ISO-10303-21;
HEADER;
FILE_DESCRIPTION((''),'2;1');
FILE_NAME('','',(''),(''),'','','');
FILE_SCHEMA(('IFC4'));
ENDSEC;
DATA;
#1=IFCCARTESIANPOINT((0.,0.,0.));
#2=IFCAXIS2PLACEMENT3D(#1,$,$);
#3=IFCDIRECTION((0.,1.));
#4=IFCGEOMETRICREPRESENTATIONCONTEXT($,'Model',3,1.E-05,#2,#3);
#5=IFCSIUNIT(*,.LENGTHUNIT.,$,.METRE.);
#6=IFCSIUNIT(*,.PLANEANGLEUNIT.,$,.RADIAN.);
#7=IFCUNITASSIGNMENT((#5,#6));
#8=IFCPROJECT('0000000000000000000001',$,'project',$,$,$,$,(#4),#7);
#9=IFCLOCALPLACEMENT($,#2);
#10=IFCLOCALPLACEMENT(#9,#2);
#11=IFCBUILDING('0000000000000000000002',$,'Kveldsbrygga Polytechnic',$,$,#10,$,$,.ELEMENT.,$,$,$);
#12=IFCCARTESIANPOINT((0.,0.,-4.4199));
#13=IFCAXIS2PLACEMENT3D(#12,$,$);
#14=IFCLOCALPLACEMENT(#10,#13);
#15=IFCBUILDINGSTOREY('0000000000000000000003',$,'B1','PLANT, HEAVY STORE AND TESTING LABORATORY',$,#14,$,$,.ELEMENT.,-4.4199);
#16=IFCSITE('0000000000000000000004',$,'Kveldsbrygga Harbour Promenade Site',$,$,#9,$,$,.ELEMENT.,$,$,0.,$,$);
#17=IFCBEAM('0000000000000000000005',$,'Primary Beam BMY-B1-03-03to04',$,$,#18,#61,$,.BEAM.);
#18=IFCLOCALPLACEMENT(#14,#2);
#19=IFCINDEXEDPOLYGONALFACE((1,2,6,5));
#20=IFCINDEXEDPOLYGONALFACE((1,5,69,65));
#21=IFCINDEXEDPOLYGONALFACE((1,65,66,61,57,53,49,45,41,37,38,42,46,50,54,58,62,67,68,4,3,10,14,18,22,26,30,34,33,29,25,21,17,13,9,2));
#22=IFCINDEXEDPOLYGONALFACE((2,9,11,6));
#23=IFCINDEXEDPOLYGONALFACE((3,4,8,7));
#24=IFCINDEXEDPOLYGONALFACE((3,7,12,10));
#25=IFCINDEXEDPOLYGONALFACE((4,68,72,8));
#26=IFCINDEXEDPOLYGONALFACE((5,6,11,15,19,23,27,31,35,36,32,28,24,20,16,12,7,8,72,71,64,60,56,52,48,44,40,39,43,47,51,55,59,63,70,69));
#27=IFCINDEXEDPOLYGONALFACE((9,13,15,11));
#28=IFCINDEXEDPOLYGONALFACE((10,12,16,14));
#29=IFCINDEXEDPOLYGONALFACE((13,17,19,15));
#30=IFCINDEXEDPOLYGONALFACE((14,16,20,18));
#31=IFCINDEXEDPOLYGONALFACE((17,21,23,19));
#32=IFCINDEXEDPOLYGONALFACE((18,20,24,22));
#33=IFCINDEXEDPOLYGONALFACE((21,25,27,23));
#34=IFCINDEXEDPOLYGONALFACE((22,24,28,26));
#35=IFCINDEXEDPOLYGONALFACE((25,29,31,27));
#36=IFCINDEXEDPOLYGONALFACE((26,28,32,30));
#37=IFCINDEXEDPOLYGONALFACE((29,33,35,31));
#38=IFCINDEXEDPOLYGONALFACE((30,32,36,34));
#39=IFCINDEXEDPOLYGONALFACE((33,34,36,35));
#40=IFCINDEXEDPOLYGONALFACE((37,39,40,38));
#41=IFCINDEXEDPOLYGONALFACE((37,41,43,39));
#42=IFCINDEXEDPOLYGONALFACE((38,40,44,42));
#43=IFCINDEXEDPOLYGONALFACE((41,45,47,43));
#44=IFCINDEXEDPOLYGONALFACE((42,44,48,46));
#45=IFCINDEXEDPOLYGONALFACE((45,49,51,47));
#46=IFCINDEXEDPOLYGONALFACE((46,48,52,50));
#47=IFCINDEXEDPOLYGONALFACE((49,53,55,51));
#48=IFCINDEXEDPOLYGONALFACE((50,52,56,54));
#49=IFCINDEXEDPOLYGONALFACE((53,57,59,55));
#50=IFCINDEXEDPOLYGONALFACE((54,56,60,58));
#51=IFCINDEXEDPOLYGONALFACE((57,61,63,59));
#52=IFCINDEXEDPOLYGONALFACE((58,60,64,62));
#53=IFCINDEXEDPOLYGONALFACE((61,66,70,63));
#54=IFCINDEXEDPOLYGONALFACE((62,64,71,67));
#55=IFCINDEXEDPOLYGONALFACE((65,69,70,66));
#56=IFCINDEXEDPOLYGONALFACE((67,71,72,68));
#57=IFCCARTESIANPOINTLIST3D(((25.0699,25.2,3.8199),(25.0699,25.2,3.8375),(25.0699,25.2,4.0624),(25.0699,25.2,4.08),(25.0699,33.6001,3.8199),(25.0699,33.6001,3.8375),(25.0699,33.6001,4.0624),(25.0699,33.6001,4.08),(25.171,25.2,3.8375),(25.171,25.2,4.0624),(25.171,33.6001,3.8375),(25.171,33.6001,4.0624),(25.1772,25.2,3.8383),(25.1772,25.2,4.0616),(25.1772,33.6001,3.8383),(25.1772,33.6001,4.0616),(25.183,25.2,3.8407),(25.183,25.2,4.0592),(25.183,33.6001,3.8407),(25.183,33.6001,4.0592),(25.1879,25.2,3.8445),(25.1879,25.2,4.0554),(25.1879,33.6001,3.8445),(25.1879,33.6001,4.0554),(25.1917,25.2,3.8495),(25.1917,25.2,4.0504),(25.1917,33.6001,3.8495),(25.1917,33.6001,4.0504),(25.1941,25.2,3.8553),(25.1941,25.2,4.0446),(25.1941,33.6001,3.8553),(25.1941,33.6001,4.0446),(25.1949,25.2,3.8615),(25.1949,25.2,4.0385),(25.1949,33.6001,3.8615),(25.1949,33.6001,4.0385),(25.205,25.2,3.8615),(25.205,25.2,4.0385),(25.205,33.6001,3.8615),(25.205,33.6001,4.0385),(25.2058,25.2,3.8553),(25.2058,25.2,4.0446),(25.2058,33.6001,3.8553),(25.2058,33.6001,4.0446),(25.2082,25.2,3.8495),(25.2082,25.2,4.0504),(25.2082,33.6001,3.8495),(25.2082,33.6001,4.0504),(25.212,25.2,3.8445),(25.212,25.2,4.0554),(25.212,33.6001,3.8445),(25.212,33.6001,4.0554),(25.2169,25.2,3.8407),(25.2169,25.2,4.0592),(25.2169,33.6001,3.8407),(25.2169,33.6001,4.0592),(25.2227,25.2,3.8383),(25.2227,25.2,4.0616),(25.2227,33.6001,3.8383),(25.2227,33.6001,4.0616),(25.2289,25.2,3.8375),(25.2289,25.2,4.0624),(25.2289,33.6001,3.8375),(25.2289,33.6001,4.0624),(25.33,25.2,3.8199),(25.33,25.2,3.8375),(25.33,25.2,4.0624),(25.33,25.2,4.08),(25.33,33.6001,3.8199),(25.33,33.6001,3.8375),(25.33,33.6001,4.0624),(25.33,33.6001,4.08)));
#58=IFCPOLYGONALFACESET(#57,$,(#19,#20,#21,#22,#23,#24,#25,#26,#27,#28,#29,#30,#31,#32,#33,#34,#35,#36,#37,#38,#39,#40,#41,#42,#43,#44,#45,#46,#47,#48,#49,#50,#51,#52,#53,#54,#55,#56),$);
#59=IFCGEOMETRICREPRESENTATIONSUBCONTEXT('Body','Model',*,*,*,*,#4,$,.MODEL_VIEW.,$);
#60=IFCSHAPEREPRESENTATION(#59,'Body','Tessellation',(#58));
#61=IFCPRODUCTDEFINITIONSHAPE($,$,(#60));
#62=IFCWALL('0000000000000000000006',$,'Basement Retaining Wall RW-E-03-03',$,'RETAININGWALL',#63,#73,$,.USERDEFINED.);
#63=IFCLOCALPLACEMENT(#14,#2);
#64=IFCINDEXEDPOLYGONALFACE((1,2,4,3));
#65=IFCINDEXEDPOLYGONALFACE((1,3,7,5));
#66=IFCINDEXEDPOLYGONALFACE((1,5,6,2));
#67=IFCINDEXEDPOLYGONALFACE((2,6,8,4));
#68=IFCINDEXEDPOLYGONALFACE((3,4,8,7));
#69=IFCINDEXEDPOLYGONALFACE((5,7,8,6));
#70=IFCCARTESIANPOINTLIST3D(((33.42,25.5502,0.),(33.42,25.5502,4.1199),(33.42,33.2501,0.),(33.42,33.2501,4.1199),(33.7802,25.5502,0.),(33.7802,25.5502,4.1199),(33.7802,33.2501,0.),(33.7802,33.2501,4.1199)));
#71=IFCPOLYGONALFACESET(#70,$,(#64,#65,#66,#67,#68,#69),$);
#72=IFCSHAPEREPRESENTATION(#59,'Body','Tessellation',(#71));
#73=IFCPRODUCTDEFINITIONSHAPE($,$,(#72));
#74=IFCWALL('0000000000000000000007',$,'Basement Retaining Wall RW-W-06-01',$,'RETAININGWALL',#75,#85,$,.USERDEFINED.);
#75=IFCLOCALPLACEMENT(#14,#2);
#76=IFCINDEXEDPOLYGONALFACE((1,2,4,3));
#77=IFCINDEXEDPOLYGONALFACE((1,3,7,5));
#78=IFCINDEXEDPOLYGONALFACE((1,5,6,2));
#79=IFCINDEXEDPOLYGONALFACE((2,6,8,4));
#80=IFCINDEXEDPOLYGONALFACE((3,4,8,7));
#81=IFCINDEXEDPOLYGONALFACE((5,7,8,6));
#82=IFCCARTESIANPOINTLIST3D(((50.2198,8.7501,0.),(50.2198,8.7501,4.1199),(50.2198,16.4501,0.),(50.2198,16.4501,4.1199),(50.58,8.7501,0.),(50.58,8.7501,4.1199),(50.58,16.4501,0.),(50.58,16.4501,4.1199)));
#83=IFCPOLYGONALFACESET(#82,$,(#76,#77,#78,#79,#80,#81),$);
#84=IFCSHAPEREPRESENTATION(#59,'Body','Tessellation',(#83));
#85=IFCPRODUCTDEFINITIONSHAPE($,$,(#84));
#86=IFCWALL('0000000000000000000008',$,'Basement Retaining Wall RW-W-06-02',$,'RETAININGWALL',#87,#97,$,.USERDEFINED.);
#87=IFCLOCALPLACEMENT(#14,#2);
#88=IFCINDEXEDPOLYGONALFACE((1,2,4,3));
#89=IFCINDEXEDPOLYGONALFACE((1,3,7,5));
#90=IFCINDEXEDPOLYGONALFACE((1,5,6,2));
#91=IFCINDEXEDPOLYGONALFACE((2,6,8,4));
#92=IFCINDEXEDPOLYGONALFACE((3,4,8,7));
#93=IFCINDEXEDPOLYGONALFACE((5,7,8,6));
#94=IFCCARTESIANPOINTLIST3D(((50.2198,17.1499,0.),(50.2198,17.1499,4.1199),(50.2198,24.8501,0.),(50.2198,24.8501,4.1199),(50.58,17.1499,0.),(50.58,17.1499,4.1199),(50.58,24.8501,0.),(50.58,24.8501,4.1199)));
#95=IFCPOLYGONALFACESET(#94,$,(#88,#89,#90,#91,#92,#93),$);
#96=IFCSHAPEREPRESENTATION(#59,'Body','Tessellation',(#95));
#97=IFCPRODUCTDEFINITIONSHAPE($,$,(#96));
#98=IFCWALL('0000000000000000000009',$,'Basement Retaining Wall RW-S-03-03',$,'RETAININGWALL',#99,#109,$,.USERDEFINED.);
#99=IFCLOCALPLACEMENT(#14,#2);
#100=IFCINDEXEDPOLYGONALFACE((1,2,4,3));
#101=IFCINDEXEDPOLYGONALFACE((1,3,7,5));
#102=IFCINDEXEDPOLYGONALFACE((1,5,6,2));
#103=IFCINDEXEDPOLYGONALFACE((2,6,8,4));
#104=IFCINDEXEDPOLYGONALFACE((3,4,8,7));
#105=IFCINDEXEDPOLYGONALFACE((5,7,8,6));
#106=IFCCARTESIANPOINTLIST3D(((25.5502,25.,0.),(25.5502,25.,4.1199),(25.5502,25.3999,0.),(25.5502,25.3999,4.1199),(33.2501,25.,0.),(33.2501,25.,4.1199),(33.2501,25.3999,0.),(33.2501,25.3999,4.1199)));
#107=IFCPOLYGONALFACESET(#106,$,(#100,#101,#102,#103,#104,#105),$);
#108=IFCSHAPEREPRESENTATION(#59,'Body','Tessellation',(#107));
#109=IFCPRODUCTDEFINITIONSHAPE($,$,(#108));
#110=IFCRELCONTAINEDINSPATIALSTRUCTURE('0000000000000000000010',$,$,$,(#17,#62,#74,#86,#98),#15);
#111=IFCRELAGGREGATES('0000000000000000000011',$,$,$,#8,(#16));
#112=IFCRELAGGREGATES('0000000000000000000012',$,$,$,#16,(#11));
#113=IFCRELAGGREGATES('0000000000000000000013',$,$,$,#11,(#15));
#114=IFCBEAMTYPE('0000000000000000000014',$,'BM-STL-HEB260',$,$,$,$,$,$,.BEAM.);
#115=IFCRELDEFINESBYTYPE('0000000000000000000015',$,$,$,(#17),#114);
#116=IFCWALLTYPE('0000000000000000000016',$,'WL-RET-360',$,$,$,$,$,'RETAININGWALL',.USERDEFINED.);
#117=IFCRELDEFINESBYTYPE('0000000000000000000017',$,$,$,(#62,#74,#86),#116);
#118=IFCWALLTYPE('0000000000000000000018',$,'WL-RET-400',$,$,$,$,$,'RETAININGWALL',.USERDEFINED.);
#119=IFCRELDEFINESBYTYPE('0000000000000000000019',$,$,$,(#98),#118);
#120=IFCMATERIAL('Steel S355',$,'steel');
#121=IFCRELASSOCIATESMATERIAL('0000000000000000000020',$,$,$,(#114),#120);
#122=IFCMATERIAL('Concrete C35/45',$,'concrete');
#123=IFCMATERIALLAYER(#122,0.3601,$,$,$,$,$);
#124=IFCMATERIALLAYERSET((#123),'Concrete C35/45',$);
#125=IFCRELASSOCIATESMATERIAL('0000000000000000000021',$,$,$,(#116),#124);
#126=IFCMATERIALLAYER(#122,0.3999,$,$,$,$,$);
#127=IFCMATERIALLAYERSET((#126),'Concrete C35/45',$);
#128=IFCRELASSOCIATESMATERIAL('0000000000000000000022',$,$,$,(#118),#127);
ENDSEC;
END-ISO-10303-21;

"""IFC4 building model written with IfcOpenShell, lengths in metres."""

from ifc_helpers import new_model, si_unit, direction, frame, frame_2d, origin, origin_2d, place, context, subcontext, project, spatial, rectangle, i_section, extrude, material, layer, layer_set, material_profile, profile_set, type_object, element, save


model = new_model("IFC4")

# Units and contexts
model_context = context("Model", 3, precision=1e-05, world=origin(), true_north=direction((0.0, 1.0)))
body_context = subcontext(model_context, "Body", "Model", "MODEL_VIEW")
ifc_project = project(units=[si_unit("LENGTHUNIT", "METRE"), si_unit("PLANEANGLEUNIT", "RADIAN")], contexts=[model_context])

# Site, building, storey
site_placement = place(None, origin())
site = spatial("IfcSite", under=ifc_project, at=site_placement, Name="Kveldsbrygga Harbour Promenade Site", CompositionType="ELEMENT", RefElevation=0.0)
building_placement = place(site_placement, origin())
building = spatial("IfcBuilding", under=site, at=building_placement, Name="Kveldsbrygga Polytechnic", CompositionType="ELEMENT")
storey_placement = place(building_placement, frame((0.0, 0.0, -4.4199)))
storey = spatial("IfcBuildingStorey", under=building, at=storey_placement, Name="B1", Description="PLANT, HEAVY STORE AND TESTING LABORATORY", CompositionType="ELEMENT", Elevation=-4.4199)

# Beam
ifc_material_1 = material(Name="Concrete C35/45", Category="concrete")
ifc_material_2 = material(Name="Steel S355", Category="steel")
ifc_material_profile_1 = material_profile(ifc_material_2, i_section(OverallWidth=0.26, OverallDepth=0.26, WebThickness=0.01, FlangeThickness=0.0176, FilletRadius=0.0239, at=origin_2d()), Name="HEB 260")
ifc_profile_set_1 = profile_set([ifc_material_profile_1], Name="Steel S355")
beam_type_1 = type_object("IfcBeamType", Name="BM-STL-HEB260", PredefinedType="BEAM", material=ifc_profile_set_1)
beam_1_placement = place(storey_placement, frame((25.2, 25.2, 3.95), z_axis=(0.0, 1.0, 0.0), x_axis=(-1.0, 0.0, 0.0)))
element("IfcBeam", 1, at=beam_1_placement, inside=storey, type_object=beam_type_1, Name="Primary Beam BMY-B1-03-03to04", PredefinedType="BEAM", context=body_context, shape_type="SweptSolid", body=[
    extrude(i_section(OverallWidth=0.26, OverallDepth=0.26, WebThickness=0.01, FlangeThickness=0.0176, FilletRadius=0.0239, at=origin_2d()), origin(), (0.0, 0.0, 1.0), 8.4001),
])

# Walls
ifc_layer_1 = layer(ifc_material_1, 0.3601)
ifc_layer_set_1 = layer_set([ifc_layer_1], Name="Concrete C35/45")
wall_type_1 = type_object("IfcWallType", Name="WL-RET-360", ElementType="RETAININGWALL", PredefinedType="USERDEFINED", material=ifc_layer_set_1)
for number, where, z_axis, x_axis, name in (
    (2, (33.6001, 25.55, 0.0), (0.0, 0.0, 1.0), (0.0, 1.0, 0.0), "Basement Retaining Wall RW-E-03-03"),
    (3, (50.3999, 8.75, 0.0), (0.0, 0.0, 1.0), (0.0, 1.0, 0.0), "Basement Retaining Wall RW-W-06-01"),
):
    element("IfcWall", number, at=place(storey_placement, frame(where, z_axis=z_axis, x_axis=x_axis)), inside=storey, type_object=wall_type_1, Name=name, ObjectType="RETAININGWALL", PredefinedType="USERDEFINED", context=body_context, shape_type="SweptSolid", body=[
        extrude(rectangle(XDim=7.7, YDim=0.3601, at=frame_2d((3.8501, 0.0))), origin(), (0.0, 0.0, 1.0), 4.1199),
    ])
wall_1_placement = place(storey_placement, frame((50.3999, 17.1499, 0.0), z_axis=(0.0, 0.0, 1.0), x_axis=(0.0, 1.0, 0.0)))
element("IfcWall", 4, at=wall_1_placement, inside=storey, type_object=wall_type_1, Name="Basement Retaining Wall RW-W-06-02", ObjectType="RETAININGWALL", PredefinedType="USERDEFINED", context=body_context, shape_type="SweptSolid", body=[
    extrude(rectangle(XDim=7.7002, YDim=0.3601, at=frame_2d((3.8501, 0.0))), origin(), (0.0, 0.0, 1.0), 4.1199),
])
ifc_layer_2 = layer(ifc_material_1, 0.3999)
ifc_layer_set_2 = layer_set([ifc_layer_2], Name="Concrete C35/45")
wall_type_2 = type_object("IfcWallType", Name="WL-RET-400", ElementType="RETAININGWALL", PredefinedType="USERDEFINED", material=ifc_layer_set_2)
wall_2_placement = place(storey_placement, frame((25.55, 25.2, 0.0), z_axis=(0.0, 0.0, 1.0), x_axis=(1.0, 0.0, 0.0)))
element("IfcWall", 5, at=wall_2_placement, inside=storey, type_object=wall_type_2, Name="Basement Retaining Wall RW-S-03-03", ObjectType="RETAININGWALL", PredefinedType="USERDEFINED", context=body_context, shape_type="SweptSolid", body=[
    extrude(rectangle(XDim=7.7, YDim=0.3999, at=frame_2d((3.8501, 0.0))), origin(), (0.0, 0.0, 1.0), 4.1199),
])

save(model, "model.ifc")
